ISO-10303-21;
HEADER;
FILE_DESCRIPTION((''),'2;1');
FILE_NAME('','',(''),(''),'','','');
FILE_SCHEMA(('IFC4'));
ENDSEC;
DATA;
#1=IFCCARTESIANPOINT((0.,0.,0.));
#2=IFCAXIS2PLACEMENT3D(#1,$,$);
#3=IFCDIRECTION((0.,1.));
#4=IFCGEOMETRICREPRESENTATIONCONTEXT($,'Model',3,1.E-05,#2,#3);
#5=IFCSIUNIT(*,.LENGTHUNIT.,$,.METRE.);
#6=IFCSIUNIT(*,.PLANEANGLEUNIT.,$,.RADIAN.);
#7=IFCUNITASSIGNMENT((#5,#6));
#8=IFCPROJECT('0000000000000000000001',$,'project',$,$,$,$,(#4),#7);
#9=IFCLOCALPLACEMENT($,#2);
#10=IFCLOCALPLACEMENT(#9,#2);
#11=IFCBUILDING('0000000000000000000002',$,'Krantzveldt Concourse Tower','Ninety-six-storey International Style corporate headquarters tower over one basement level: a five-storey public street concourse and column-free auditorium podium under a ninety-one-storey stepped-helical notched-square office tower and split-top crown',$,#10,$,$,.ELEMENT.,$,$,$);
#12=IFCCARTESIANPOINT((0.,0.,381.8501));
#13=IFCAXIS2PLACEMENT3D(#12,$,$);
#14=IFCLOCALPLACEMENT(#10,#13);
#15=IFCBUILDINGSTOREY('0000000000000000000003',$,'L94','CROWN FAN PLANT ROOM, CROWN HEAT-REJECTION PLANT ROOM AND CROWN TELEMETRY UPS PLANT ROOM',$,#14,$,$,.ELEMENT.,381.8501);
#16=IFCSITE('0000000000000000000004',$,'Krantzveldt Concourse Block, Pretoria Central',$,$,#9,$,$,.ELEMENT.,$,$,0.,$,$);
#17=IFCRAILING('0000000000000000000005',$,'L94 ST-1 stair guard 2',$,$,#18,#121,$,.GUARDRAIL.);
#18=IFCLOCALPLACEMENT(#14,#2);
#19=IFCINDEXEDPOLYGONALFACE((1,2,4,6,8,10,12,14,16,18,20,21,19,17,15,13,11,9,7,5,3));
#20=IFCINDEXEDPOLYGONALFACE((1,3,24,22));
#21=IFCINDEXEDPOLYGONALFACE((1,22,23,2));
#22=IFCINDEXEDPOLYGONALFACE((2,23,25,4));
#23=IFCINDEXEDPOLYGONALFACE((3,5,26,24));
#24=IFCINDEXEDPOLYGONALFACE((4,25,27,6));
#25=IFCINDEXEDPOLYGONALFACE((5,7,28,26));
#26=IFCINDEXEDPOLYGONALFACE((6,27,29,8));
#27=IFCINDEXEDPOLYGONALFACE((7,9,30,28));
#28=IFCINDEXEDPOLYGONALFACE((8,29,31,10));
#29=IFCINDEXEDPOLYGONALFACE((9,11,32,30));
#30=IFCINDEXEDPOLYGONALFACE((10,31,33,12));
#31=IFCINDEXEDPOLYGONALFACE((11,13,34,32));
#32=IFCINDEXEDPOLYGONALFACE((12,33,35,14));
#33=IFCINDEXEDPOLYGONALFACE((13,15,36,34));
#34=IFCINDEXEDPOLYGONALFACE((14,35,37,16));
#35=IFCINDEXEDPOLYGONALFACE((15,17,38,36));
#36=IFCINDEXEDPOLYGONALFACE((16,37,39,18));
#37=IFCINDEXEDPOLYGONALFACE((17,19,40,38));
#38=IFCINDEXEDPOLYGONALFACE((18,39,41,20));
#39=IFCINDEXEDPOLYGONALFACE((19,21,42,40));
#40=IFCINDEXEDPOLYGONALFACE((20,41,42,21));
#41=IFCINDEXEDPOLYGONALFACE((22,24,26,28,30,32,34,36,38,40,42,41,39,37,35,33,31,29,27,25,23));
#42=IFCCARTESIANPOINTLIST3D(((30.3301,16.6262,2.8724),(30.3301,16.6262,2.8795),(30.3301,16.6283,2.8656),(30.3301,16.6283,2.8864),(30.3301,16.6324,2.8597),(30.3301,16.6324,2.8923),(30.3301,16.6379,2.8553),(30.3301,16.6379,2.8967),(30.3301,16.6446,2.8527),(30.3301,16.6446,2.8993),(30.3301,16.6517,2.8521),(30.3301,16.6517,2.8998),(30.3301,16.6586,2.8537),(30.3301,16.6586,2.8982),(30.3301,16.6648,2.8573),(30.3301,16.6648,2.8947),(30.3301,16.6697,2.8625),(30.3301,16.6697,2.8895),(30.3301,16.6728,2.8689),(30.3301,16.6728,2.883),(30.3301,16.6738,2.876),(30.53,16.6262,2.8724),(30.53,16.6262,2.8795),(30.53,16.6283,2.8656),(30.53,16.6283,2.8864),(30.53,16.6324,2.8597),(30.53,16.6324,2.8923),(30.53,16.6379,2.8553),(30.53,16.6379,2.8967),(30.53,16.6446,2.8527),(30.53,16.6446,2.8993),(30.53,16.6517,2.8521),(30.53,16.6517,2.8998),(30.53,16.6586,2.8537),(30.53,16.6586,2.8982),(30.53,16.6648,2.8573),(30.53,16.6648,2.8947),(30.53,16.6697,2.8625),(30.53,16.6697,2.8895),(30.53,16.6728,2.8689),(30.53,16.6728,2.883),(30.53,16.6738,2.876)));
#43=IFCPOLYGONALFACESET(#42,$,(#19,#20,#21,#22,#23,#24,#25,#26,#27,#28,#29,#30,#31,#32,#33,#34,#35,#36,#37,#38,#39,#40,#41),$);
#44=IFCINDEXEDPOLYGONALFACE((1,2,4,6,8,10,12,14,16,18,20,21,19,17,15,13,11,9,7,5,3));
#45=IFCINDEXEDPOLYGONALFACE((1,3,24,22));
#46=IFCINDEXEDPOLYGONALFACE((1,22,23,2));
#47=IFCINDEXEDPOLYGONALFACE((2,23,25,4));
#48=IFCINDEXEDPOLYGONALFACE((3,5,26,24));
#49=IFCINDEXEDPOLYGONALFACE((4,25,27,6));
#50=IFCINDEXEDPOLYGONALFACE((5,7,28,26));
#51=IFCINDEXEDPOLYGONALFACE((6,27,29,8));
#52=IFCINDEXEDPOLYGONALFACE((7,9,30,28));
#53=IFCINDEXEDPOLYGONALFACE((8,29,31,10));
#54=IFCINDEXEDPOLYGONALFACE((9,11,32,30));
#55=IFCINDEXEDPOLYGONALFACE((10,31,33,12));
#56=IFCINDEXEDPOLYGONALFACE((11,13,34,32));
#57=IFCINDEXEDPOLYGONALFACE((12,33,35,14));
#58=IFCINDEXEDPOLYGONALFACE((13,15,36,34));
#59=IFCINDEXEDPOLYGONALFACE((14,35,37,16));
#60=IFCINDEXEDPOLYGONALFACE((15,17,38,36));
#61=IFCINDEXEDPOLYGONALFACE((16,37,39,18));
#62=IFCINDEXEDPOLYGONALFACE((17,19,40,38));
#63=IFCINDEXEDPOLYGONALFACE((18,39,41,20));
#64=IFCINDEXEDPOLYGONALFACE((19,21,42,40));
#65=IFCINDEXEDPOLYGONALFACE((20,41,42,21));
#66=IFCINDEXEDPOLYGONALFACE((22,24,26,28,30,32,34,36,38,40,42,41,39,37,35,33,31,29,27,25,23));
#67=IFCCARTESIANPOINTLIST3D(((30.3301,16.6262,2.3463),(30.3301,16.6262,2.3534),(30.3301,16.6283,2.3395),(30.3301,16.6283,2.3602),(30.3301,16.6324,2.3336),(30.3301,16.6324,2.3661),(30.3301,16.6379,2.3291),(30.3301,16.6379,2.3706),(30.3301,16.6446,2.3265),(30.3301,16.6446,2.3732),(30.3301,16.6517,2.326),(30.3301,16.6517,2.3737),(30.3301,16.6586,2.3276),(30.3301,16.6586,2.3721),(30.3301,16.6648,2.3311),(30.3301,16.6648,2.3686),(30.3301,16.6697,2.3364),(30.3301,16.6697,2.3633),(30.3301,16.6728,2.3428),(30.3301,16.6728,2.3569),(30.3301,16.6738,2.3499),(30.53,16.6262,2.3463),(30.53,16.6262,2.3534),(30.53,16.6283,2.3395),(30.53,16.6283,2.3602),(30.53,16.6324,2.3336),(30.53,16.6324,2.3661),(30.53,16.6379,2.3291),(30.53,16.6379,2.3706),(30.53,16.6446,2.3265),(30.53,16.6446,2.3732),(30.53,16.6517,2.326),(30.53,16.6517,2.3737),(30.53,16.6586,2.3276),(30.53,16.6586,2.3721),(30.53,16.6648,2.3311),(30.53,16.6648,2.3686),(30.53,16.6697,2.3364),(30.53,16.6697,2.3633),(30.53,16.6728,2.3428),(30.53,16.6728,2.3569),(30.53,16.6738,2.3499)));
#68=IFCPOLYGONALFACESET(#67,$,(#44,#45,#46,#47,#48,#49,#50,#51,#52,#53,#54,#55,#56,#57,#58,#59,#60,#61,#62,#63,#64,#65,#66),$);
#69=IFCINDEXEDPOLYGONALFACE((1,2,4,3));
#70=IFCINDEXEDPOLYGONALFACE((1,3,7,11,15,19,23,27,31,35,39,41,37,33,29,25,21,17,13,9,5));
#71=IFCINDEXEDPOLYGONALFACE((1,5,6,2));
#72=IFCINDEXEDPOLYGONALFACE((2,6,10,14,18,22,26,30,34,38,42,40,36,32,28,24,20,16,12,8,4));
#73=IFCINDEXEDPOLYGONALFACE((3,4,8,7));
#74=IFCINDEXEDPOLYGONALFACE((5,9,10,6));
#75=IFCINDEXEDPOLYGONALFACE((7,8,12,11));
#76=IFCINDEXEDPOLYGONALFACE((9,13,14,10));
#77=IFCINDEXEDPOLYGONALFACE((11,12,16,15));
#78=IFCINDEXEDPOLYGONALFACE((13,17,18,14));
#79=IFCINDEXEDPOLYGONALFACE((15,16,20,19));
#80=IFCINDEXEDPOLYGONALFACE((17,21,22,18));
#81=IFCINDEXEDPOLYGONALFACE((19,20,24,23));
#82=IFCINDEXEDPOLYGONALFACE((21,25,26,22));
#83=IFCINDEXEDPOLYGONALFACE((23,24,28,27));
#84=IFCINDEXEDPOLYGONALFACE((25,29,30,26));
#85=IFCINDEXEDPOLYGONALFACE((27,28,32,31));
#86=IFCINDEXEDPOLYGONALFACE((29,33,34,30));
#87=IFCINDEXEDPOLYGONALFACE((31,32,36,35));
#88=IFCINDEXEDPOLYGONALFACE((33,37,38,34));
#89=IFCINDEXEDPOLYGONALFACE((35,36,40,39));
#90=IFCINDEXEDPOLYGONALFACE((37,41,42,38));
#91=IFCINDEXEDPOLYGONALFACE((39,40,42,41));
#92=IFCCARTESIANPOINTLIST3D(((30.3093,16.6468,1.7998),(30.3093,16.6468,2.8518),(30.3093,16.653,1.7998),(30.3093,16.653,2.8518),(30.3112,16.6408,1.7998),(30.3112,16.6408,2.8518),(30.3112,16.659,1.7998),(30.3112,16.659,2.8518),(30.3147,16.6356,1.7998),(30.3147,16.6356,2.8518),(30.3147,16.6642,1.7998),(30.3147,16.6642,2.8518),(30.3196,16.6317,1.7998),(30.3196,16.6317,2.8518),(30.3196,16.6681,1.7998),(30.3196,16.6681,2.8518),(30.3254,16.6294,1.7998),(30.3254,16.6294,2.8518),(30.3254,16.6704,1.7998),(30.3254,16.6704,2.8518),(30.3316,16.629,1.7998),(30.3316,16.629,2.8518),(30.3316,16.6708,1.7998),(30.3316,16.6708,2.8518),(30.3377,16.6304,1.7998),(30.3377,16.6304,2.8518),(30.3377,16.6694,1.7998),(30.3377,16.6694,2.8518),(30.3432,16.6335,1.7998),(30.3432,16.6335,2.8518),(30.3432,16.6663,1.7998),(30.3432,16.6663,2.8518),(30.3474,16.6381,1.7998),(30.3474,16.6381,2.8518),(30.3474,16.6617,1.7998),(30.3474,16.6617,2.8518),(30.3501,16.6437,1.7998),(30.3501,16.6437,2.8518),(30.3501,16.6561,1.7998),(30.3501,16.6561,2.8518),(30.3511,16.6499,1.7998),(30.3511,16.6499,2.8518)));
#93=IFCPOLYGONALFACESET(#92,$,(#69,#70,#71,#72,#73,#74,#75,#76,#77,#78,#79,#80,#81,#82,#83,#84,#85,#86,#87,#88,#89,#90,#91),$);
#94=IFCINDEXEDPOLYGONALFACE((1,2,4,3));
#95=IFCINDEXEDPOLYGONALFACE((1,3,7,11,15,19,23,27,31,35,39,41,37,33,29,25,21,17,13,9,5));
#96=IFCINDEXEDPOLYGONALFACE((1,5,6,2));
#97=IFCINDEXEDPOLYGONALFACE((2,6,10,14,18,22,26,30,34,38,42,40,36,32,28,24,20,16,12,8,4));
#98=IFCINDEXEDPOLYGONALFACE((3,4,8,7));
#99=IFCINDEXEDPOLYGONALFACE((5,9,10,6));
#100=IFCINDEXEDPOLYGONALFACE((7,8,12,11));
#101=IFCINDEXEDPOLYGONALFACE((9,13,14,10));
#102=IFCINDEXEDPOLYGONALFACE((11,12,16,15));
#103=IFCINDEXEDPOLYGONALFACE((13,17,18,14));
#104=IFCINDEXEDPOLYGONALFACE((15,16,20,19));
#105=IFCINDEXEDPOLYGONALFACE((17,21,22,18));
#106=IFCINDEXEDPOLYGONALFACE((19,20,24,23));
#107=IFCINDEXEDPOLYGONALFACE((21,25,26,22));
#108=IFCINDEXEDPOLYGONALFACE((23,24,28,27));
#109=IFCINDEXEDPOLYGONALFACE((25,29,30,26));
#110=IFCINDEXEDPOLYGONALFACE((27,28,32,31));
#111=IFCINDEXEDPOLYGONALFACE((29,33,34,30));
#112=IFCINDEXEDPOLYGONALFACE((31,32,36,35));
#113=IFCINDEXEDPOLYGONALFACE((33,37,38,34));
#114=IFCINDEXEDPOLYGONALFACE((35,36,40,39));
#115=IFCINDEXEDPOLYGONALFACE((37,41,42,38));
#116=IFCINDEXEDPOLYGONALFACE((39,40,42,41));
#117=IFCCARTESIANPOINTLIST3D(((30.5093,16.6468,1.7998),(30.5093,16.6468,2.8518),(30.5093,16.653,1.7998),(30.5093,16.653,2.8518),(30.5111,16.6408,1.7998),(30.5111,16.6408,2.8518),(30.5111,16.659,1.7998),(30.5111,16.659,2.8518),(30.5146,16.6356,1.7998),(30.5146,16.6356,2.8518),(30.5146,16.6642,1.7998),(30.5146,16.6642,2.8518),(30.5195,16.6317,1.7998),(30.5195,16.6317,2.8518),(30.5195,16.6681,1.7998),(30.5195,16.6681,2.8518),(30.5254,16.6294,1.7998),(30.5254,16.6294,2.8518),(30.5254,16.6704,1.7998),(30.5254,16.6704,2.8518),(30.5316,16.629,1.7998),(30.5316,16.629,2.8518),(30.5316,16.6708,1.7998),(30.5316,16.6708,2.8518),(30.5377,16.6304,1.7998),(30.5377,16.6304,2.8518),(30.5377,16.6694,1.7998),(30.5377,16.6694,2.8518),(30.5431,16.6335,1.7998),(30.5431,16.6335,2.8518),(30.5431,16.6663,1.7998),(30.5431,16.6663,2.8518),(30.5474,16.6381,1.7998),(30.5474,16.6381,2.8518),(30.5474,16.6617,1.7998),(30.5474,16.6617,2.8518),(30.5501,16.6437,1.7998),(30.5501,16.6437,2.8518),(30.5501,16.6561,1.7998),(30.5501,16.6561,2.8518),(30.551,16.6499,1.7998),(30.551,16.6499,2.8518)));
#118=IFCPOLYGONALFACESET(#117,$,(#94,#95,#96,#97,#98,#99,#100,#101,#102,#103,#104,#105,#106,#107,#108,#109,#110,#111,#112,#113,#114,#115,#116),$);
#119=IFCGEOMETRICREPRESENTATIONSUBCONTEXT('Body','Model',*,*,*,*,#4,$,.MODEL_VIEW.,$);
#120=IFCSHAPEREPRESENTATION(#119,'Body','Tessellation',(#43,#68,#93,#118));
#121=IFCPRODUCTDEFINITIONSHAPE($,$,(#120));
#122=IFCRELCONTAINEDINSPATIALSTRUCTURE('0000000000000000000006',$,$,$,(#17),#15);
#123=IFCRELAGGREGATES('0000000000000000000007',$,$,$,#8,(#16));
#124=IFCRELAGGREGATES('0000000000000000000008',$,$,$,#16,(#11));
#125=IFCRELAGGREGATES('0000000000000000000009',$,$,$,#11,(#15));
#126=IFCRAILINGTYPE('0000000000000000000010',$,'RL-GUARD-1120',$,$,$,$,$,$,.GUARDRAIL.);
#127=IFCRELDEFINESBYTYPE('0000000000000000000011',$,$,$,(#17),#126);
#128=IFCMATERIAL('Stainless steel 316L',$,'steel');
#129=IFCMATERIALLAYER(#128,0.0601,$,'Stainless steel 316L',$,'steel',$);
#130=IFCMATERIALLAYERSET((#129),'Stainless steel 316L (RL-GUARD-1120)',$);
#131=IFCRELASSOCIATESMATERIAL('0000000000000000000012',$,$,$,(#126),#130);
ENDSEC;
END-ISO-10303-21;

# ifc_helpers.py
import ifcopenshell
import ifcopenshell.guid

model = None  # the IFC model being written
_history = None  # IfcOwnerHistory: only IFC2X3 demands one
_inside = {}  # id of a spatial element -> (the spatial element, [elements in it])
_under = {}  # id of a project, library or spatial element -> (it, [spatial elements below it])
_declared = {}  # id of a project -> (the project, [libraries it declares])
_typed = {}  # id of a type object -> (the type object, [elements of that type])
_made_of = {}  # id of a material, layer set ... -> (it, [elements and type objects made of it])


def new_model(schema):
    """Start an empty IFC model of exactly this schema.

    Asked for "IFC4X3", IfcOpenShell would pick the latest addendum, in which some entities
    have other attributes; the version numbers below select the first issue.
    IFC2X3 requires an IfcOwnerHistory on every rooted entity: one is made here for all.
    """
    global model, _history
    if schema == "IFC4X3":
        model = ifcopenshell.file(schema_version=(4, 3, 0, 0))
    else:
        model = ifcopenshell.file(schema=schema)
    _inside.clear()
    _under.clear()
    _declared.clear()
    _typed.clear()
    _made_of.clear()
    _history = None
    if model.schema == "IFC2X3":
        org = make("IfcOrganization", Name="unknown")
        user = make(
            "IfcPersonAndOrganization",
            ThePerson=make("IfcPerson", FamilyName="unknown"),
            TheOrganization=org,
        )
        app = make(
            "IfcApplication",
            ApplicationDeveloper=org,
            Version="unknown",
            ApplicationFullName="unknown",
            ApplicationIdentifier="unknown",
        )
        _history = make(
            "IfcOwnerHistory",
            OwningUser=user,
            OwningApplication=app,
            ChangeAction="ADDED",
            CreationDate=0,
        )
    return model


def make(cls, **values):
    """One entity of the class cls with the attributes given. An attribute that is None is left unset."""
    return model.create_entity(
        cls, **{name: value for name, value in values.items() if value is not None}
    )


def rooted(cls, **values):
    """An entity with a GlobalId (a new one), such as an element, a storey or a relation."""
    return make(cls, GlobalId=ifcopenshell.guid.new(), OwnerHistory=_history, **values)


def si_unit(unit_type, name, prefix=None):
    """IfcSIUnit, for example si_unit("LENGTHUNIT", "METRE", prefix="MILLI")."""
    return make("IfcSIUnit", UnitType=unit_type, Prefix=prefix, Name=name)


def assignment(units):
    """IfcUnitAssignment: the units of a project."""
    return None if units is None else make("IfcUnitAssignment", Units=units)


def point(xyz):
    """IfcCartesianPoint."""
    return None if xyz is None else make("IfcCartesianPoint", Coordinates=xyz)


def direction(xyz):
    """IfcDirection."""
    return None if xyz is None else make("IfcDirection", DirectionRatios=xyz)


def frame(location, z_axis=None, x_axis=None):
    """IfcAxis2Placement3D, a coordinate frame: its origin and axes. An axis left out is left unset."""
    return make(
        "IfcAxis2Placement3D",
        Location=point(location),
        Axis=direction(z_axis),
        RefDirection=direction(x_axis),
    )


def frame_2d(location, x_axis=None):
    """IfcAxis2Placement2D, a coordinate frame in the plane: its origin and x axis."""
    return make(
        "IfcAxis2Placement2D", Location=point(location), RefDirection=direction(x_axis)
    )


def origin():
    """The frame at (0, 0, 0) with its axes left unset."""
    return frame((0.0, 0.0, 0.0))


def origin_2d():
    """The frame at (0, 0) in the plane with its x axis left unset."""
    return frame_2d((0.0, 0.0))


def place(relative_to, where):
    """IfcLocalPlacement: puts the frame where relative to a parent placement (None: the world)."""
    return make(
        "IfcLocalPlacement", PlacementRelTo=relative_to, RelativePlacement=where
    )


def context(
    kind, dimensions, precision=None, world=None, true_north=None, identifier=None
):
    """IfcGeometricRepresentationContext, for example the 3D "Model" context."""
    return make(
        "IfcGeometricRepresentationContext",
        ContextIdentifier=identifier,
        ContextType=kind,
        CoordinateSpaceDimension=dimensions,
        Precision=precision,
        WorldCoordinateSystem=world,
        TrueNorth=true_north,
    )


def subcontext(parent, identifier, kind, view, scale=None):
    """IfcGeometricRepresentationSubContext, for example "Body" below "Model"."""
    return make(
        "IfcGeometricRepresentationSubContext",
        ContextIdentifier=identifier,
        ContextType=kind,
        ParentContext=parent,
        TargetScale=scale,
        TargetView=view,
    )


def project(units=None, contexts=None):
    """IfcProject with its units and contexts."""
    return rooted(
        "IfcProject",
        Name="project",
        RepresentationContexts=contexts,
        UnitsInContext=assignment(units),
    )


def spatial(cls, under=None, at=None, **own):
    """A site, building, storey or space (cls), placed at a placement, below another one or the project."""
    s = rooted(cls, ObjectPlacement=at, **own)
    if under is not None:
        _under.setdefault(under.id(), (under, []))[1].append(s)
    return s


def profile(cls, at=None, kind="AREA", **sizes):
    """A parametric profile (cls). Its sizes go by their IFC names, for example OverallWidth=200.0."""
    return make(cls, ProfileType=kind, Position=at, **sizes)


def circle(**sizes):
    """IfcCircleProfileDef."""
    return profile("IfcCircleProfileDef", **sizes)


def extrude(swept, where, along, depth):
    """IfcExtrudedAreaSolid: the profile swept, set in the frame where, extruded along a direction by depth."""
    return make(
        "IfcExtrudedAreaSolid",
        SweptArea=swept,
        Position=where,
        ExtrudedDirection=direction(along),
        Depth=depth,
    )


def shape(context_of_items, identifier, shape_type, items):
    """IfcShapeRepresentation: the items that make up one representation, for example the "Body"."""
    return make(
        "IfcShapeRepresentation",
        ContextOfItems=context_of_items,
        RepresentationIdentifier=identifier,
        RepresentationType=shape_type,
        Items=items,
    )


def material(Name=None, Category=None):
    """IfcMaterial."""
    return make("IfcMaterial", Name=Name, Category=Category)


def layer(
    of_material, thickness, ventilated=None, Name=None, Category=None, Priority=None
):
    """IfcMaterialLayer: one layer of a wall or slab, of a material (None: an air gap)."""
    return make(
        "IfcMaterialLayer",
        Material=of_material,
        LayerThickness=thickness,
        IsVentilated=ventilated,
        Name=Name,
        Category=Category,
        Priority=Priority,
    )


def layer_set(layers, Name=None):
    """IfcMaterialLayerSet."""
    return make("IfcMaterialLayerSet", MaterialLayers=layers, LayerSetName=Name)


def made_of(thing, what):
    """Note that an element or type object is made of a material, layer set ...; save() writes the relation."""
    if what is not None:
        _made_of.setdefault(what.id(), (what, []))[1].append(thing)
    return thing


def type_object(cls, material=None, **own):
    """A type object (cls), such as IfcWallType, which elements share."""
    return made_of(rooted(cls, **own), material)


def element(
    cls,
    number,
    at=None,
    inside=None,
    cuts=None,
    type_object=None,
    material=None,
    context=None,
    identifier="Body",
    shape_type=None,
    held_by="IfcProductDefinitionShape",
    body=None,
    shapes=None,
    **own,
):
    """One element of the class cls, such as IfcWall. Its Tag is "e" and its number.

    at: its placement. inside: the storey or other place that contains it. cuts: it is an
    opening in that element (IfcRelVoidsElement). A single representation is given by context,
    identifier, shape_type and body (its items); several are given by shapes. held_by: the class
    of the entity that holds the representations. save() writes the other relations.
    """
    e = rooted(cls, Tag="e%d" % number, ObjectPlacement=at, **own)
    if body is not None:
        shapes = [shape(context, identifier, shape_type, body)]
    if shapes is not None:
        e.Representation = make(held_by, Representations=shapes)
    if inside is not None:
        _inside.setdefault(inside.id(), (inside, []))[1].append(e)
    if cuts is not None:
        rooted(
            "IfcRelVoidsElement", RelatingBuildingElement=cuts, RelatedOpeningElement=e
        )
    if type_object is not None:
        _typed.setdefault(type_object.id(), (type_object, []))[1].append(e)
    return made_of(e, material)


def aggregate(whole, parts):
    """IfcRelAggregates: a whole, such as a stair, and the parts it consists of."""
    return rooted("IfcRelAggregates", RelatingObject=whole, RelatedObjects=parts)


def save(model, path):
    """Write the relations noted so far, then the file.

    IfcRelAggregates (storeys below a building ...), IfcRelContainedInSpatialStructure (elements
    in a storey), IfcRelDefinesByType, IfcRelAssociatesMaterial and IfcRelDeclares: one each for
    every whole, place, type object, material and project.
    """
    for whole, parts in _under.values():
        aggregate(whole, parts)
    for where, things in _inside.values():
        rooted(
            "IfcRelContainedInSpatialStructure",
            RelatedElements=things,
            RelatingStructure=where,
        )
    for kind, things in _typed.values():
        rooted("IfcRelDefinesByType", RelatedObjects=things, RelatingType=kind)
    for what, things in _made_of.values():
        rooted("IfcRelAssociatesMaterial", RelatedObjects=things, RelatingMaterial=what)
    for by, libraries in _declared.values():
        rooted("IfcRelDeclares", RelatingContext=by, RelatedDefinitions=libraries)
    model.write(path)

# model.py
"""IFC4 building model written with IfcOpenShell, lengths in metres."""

from ifc_helpers import new_model, si_unit, direction, frame, origin, origin_2d, place, context, subcontext, project, spatial, circle, extrude, material, layer, layer_set, type_object, element, save


model = new_model("IFC4")

# Units and contexts
model_context = context("Model", 3, precision=1e-05, world=origin(), true_north=direction((0.0, 1.0)))
body_context = subcontext(model_context, "Body", "Model", "MODEL_VIEW")
ifc_project = project(units=[si_unit("LENGTHUNIT", "METRE"), si_unit("PLANEANGLEUNIT", "RADIAN")], contexts=[model_context])

# Site, building, storey
site_placement = place(None, origin())
site = spatial("IfcSite", under=ifc_project, at=site_placement, Name="Krantzveldt Concourse Block, Pretoria Central", CompositionType="ELEMENT", RefElevation=0.0)
building_placement = place(site_placement, origin())
building = spatial("IfcBuilding", under=site, at=building_placement, Name="Krantzveldt Concourse Tower", Description="Ninety-six-storey International Style corporate headquarters tower over one basement level: a five-storey public street concourse and column-free auditorium podium under a ninety-one-storey stepped-helical notched-square office tower and split-top crown", CompositionType="ELEMENT")
storey_placement = place(building_placement, frame((0.0, 0.0, 381.8501)))
storey = spatial("IfcBuildingStorey", under=building, at=storey_placement, Name="L94", Description="CROWN FAN PLANT ROOM, CROWN HEAT-REJECTION PLANT ROOM AND CROWN TELEMETRY UPS PLANT ROOM", CompositionType="ELEMENT", Elevation=381.8501)

# Railing
ifc_material_1 = material(Name="Stainless steel 316L", Category="steel")
ifc_layer_1 = layer(ifc_material_1, 0.0601, Name="Stainless steel 316L", Category="steel")
ifc_layer_set_1 = layer_set([ifc_layer_1], Name="Stainless steel 316L (RL-GUARD-1120)")
railing_type_1 = type_object("IfcRailingType", Name="RL-GUARD-1120", PredefinedType="GUARDRAIL", material=ifc_layer_set_1)
railing_1_placement = place(storey_placement, frame((30.3301, 16.6499, 1.7998)))
element("IfcRailing", 1, at=railing_1_placement, inside=storey, type_object=railing_type_1, Name="L94 ST-1 stair guard 2", PredefinedType="GUARDRAIL", context=body_context, shape_type="SweptSolid", body=[
    extrude(circle(Radius=0.0239, at=origin_2d()), frame((0.0, 0.0, 1.0762), z_axis=(1.0, 0.0, 0.0), x_axis=(0.0, 1.0, 0.0)), (0.0, 0.0, 1.0), 0.2),
    extrude(circle(Radius=0.0239, at=origin_2d()), frame((0.0, 0.0, 0.55), z_axis=(1.0, 0.0, 0.0), x_axis=(0.0, 1.0, 0.0)), (0.0, 0.0, 1.0), 0.2),
    extrude(circle(Radius=0.021, at=origin_2d()), origin(), (0.0, 0.0, 1.0), 1.052),
    extrude(circle(Radius=0.021, at=origin_2d()), frame((0.2, 0.0, 0.0)), (0.0, 0.0, 1.0), 1.052),
])

save(model, "model.ifc")
